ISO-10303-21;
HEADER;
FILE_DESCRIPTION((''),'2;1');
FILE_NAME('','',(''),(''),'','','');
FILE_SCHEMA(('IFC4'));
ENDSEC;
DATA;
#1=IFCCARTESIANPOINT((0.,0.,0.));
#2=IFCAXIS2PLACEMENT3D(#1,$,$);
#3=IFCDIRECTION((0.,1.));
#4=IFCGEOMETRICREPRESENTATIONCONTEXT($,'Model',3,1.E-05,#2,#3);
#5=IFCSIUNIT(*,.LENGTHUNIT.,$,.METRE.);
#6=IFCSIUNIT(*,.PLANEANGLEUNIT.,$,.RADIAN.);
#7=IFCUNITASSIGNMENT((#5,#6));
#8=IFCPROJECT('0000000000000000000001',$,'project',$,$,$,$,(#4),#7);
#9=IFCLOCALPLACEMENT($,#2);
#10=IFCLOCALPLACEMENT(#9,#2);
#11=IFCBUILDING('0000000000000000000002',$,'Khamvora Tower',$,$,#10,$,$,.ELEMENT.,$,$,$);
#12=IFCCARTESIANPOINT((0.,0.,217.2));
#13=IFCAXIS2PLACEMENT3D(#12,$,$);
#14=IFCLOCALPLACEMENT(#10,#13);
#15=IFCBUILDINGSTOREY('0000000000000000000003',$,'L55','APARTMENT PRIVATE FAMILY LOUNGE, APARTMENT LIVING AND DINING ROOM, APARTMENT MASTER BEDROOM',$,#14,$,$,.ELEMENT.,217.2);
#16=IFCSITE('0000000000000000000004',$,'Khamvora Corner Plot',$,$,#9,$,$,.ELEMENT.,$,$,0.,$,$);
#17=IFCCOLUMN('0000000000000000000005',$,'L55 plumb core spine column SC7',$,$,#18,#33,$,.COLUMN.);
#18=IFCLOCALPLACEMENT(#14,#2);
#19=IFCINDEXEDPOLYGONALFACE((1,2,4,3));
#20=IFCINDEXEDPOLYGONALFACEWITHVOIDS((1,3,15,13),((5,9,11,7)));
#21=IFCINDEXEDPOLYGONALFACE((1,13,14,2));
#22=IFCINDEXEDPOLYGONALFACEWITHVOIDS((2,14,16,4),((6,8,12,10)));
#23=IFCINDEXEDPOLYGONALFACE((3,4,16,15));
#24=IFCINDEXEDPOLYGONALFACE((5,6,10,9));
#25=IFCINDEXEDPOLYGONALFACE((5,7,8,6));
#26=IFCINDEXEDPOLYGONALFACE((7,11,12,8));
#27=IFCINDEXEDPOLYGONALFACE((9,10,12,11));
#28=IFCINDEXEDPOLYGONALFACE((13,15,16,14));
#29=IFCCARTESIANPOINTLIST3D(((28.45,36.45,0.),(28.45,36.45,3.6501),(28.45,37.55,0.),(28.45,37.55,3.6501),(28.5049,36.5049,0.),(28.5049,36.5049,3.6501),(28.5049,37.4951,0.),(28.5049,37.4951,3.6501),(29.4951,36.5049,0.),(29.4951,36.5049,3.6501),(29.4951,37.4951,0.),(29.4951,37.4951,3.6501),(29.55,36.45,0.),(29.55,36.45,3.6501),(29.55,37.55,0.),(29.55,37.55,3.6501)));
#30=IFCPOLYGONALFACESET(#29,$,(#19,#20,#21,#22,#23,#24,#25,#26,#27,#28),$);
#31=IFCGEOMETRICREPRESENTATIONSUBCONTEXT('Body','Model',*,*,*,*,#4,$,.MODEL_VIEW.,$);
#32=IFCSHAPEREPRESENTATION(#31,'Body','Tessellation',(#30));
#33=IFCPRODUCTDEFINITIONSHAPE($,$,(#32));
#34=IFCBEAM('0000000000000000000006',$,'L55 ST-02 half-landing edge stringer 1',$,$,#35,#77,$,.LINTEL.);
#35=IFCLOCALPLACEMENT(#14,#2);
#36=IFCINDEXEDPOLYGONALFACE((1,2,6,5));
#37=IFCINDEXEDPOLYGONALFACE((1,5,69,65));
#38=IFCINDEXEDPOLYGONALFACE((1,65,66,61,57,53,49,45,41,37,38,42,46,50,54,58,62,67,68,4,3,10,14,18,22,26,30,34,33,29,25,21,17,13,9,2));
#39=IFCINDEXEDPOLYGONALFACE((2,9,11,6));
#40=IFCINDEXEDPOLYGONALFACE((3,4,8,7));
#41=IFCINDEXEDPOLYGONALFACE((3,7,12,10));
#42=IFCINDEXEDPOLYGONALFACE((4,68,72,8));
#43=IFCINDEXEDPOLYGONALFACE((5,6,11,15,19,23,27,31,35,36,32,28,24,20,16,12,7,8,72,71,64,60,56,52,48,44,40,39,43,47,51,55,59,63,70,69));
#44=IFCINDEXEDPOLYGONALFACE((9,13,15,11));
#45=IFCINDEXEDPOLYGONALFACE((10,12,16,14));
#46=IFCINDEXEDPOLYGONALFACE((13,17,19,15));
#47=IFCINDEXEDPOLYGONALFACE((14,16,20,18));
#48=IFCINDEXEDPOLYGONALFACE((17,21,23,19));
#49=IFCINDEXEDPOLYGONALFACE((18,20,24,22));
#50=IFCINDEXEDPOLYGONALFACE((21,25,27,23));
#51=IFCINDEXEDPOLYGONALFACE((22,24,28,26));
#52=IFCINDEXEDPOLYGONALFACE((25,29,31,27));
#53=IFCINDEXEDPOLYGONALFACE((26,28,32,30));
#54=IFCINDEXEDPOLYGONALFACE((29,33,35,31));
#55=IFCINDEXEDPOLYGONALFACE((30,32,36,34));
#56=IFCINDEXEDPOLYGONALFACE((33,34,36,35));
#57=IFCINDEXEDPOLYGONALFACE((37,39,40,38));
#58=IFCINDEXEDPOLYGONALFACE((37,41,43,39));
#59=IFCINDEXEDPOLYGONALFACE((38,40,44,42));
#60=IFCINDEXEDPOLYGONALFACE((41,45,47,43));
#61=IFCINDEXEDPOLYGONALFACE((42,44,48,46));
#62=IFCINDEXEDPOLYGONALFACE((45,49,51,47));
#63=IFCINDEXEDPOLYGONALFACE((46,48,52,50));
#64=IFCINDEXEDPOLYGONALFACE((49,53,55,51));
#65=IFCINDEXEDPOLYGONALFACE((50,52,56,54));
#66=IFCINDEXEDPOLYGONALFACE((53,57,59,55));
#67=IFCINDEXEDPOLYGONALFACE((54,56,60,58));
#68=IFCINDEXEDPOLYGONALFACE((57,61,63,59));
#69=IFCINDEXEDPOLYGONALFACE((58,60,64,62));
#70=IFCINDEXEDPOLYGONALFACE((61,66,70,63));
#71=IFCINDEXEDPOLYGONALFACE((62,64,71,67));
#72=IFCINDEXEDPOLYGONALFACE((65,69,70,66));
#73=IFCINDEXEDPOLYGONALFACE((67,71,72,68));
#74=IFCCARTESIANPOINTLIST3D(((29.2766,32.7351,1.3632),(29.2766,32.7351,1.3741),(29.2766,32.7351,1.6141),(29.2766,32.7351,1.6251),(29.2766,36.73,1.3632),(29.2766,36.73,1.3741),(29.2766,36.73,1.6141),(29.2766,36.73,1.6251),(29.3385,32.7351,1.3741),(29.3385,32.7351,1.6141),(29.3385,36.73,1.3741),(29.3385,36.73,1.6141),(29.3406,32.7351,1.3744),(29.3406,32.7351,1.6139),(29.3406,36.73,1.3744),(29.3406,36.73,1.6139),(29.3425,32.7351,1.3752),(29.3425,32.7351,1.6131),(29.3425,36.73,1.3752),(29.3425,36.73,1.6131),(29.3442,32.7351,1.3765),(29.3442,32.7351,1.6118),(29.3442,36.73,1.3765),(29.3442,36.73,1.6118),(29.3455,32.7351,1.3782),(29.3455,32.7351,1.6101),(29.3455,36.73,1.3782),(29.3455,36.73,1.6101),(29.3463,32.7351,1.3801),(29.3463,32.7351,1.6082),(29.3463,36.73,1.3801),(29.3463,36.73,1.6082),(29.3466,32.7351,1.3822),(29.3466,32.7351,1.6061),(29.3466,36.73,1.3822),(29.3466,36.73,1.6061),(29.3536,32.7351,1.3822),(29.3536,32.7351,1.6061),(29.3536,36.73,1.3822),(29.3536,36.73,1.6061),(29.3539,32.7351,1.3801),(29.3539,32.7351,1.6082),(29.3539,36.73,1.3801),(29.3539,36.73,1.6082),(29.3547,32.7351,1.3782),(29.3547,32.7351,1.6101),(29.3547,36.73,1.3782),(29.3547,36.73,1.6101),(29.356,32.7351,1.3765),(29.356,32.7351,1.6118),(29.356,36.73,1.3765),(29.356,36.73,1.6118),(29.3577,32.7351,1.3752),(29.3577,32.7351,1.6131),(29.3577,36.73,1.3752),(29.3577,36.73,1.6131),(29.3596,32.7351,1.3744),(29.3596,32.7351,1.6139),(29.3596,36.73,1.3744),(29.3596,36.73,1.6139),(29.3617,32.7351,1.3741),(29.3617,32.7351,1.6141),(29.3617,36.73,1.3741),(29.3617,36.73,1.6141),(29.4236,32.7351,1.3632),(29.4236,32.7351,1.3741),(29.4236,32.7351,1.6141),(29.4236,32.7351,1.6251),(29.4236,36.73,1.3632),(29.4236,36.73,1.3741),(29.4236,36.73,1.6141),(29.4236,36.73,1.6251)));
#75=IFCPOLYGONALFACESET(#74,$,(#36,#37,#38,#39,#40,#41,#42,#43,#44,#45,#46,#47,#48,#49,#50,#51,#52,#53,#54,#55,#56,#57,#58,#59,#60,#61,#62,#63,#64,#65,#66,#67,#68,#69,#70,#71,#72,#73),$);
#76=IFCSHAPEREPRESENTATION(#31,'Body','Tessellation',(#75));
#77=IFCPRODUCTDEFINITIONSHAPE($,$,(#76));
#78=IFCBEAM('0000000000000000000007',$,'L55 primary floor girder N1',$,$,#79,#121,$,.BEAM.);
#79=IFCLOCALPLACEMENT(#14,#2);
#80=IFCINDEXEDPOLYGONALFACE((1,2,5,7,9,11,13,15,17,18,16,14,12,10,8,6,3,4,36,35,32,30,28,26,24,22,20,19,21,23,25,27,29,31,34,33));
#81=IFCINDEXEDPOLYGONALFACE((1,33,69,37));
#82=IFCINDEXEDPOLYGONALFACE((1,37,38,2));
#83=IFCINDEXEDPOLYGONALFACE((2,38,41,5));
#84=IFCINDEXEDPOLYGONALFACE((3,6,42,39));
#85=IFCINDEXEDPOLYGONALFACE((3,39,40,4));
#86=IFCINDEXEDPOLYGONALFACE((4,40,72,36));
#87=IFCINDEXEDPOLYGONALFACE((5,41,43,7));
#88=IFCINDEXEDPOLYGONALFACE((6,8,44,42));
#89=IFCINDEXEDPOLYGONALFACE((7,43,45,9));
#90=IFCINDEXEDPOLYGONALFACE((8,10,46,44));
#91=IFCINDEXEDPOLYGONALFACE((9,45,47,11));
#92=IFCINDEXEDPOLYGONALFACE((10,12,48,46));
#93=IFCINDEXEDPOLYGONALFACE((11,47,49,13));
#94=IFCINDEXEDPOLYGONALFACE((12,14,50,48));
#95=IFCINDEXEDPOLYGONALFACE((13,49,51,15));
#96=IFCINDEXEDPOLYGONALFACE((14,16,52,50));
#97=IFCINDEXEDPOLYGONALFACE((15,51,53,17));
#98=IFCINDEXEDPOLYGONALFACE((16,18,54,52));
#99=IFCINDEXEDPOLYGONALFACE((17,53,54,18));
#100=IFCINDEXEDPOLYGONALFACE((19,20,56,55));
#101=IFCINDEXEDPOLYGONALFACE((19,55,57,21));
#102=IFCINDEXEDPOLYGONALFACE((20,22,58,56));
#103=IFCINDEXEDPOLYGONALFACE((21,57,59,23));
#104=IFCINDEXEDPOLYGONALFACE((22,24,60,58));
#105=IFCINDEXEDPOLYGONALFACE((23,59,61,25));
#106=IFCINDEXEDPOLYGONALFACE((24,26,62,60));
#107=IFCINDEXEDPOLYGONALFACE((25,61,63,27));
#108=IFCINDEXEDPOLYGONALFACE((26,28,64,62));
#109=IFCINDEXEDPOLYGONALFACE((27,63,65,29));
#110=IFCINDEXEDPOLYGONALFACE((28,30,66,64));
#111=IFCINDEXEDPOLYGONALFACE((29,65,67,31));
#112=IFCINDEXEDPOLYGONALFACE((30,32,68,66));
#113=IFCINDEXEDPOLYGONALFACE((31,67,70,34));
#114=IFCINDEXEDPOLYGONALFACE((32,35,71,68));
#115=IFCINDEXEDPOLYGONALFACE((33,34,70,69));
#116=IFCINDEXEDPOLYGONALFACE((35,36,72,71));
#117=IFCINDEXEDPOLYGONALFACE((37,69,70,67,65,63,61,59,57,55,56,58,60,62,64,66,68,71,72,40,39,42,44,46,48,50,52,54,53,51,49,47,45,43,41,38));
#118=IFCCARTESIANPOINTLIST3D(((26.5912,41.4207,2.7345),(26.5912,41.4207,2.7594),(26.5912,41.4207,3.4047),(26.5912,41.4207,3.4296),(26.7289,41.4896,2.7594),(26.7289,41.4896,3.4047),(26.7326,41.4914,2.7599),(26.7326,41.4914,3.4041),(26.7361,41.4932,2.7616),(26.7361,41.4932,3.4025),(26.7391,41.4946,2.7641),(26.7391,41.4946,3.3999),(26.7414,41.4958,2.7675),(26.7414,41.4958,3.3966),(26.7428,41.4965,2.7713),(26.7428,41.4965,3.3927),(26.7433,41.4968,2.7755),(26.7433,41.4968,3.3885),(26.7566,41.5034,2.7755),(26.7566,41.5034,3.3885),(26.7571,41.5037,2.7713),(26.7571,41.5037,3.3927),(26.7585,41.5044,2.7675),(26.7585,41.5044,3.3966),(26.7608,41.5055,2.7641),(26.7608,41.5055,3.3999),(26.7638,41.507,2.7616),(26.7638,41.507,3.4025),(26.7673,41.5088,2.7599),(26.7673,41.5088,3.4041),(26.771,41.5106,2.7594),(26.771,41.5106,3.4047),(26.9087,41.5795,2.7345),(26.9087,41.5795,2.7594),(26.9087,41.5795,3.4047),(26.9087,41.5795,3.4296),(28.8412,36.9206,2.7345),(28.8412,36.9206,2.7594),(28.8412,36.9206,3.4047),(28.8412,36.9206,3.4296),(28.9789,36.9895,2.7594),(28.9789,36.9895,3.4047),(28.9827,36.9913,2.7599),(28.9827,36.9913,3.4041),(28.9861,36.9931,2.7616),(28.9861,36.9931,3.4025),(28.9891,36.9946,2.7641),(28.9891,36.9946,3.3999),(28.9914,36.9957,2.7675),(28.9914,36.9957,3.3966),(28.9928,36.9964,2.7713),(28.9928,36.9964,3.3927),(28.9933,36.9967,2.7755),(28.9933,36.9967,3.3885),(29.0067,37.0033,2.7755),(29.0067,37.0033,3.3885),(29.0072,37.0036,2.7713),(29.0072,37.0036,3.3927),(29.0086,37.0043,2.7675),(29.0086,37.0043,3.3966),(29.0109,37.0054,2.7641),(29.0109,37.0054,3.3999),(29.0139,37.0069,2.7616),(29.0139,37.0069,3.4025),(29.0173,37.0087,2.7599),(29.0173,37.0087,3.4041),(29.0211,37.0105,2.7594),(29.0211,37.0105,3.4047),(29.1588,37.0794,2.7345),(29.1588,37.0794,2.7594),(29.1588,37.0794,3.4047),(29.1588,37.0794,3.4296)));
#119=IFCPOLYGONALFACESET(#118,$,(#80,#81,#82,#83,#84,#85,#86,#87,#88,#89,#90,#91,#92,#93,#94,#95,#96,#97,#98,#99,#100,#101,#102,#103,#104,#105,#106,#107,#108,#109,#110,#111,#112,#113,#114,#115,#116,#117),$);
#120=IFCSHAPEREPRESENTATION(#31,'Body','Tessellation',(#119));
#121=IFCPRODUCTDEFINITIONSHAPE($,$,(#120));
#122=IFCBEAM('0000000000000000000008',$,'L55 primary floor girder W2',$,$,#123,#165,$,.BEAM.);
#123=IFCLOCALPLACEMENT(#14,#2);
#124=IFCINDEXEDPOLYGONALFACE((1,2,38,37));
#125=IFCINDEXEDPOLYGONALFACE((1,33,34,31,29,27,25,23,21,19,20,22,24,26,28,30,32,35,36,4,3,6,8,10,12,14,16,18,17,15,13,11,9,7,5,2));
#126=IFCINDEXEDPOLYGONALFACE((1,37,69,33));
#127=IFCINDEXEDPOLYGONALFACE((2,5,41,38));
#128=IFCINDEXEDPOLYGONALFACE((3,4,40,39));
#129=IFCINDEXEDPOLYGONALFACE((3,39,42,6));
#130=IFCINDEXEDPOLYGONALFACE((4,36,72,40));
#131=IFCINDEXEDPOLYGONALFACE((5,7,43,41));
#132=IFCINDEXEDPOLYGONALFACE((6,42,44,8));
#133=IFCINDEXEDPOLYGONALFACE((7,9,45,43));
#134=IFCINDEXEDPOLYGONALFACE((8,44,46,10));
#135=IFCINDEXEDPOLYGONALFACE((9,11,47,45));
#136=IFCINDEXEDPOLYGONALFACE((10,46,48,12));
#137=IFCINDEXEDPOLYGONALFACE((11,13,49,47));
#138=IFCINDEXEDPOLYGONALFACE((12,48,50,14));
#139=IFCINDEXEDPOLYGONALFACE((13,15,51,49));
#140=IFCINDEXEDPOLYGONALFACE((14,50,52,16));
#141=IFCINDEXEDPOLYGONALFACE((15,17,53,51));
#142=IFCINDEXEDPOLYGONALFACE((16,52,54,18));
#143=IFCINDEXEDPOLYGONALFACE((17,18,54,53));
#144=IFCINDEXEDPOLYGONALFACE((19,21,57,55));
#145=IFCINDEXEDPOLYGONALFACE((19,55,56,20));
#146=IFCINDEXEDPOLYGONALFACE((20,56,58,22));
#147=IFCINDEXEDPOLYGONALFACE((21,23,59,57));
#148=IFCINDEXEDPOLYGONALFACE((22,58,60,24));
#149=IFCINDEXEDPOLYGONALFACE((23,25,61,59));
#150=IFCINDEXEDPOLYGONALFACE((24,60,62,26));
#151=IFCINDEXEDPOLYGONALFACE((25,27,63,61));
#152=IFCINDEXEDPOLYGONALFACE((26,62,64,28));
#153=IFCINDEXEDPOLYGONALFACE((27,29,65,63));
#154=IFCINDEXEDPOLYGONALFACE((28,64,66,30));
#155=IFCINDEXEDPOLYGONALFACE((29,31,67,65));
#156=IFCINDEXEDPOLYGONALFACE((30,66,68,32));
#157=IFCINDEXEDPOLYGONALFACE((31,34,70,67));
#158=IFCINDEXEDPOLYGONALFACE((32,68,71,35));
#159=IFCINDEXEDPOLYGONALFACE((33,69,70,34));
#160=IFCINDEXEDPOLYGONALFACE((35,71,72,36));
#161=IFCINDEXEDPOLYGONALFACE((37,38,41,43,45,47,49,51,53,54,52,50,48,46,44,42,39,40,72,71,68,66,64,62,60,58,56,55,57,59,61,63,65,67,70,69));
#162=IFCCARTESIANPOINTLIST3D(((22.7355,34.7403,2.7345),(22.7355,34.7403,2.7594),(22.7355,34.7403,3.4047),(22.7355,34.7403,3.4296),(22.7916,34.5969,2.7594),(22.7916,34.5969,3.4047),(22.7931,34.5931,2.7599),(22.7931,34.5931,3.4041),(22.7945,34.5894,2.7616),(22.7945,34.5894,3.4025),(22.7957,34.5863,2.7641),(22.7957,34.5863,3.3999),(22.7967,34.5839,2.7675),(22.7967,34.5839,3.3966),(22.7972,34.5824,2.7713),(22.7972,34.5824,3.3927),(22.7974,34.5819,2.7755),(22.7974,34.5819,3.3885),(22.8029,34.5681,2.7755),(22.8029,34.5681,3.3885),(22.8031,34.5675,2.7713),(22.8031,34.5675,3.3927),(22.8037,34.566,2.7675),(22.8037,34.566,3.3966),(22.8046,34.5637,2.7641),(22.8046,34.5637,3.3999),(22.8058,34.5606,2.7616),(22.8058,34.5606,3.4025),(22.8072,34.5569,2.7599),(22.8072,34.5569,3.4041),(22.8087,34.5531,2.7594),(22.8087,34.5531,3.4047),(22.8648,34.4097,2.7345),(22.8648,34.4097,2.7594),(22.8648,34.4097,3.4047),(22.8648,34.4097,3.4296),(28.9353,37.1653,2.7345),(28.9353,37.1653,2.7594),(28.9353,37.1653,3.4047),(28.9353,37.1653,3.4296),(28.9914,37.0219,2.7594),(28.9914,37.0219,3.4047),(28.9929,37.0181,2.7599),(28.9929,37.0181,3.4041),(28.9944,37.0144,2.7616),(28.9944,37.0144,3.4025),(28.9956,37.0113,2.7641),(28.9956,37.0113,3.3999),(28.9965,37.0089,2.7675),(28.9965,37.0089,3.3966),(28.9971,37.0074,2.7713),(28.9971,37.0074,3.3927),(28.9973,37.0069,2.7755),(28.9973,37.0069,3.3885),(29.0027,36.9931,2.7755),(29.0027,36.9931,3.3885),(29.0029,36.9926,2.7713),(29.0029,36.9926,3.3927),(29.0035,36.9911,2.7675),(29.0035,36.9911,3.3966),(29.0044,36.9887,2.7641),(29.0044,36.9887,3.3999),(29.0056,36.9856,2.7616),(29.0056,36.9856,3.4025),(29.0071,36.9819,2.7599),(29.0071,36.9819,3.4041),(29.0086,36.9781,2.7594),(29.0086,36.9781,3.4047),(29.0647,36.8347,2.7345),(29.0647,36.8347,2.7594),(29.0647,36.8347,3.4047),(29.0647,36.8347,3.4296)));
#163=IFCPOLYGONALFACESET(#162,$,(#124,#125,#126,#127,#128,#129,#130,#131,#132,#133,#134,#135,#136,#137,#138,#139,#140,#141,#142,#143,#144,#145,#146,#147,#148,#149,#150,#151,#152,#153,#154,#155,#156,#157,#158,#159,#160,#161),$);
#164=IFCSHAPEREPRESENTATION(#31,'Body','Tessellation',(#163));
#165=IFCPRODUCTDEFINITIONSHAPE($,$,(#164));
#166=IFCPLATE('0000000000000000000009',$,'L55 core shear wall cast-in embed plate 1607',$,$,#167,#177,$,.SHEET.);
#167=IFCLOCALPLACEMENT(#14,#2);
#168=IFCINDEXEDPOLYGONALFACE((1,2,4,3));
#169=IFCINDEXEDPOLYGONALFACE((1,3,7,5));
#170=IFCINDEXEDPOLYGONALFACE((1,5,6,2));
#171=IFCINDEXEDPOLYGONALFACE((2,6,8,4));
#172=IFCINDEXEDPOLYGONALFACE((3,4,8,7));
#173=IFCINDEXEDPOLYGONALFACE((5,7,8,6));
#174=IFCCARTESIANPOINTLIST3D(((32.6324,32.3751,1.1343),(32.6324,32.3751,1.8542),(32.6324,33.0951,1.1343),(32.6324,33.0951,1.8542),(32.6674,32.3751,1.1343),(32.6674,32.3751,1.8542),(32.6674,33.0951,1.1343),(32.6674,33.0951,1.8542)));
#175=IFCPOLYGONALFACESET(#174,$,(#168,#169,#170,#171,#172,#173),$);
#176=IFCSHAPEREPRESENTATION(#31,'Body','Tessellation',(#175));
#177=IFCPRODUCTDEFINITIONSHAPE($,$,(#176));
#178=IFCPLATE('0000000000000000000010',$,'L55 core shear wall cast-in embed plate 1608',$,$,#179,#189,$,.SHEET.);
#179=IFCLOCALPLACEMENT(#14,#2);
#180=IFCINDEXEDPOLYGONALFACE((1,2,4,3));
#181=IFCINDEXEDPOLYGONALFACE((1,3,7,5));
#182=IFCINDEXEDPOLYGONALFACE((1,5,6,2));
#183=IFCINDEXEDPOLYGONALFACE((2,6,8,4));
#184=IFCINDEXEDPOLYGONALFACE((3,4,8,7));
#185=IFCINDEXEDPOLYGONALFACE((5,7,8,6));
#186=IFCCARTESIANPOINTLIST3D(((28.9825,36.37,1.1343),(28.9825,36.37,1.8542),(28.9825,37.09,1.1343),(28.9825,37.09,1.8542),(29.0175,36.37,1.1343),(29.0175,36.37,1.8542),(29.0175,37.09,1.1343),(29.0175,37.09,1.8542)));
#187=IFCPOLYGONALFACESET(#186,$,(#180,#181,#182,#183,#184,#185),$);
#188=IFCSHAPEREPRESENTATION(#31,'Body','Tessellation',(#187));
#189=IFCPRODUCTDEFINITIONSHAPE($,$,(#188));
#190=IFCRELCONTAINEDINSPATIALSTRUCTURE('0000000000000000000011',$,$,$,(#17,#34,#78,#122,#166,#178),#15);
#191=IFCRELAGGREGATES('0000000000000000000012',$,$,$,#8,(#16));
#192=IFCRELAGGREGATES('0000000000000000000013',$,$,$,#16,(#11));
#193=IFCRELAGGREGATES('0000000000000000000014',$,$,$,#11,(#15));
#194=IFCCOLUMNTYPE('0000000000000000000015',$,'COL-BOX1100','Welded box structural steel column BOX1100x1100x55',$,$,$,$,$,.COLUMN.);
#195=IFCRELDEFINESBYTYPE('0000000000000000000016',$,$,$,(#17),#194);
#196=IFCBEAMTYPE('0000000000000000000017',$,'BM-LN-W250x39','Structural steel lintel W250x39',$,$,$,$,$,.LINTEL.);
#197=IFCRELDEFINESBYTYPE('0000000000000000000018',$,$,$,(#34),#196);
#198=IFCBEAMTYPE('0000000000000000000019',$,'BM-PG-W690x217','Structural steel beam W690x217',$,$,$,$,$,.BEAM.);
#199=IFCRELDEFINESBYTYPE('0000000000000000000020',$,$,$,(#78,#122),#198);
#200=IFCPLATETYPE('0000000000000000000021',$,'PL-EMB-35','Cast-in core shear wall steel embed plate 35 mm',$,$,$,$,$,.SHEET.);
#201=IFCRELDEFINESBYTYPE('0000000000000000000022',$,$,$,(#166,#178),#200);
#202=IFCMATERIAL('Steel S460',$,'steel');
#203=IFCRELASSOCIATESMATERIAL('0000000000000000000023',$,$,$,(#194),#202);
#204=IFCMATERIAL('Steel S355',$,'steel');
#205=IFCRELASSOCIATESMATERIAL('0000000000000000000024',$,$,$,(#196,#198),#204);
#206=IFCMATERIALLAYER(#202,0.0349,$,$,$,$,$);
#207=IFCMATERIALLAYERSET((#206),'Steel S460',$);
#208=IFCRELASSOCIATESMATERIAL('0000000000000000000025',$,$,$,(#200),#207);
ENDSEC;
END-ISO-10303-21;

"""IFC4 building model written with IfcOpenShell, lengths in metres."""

from ifc_helpers import new_model, si_unit, direction, frame, origin, origin_2d, place, context, subcontext, project, spatial, rectangle, hollow_rectangle, i_section, extrude, material, layer, layer_set, material_profile, profile_set, type_object, element, save


model = new_model("IFC4")

# Units and contexts
model_context = context("Model", 3, precision=1e-05, world=origin(), true_north=direction((0.0, 1.0)))
body_context = subcontext(model_context, "Body", "Model", "MODEL_VIEW")
ifc_project = project(units=[si_unit("LENGTHUNIT", "METRE"), si_unit("PLANEANGLEUNIT", "RADIAN")], contexts=[model_context])

# Site, building, storey
site_placement = place(None, origin())
site = spatial("IfcSite", under=ifc_project, at=site_placement, Name="Khamvora Corner Plot", CompositionType="ELEMENT", RefElevation=0.0)
building_placement = place(site_placement, origin())
building = spatial("IfcBuilding", under=site, at=building_placement, Name="Khamvora Tower", CompositionType="ELEMENT")
storey_placement = place(building_placement, frame((0.0, 0.0, 217.2)))
storey = spatial("IfcBuildingStorey", under=building, at=storey_placement, Name="L55", Description="APARTMENT PRIVATE FAMILY LOUNGE, APARTMENT LIVING AND DINING ROOM, APARTMENT MASTER BEDROOM", CompositionType="ELEMENT", Elevation=217.2)

# Column
ifc_material_1 = material(Name="Steel S460", Category="steel")
ifc_material_profile_1 = material_profile(ifc_material_1, hollow_rectangle(XDim=1.1001, YDim=1.1001, WallThickness=0.0549, at=origin_2d()), Name="BOX1100x1100x55")
ifc_profile_set_1 = profile_set([ifc_material_profile_1], Name="Steel S460")
column_type = type_object("IfcColumnType", Name="COL-BOX1100", Description="Welded box structural steel column BOX1100x1100x55", PredefinedType="COLUMN", material=ifc_profile_set_1)
column_placement = place(storey_placement, frame((29.0, 37.0, 0.0), z_axis=(0.0, 0.0, 1.0), x_axis=(1.0, 0.0, 0.0)))
element("IfcColumn", 1, at=column_placement, inside=storey, type_object=column_type, Name="L55 plumb core spine column SC7", PredefinedType="COLUMN", context=body_context, shape_type="SweptSolid", body=[
    extrude(hollow_rectangle(XDim=1.1001, YDim=1.1001, WallThickness=0.0549, at=origin_2d()), origin(), (0.0, 0.0, 1.0), 3.6501),
])

# Beams
ifc_material_2 = material(Name="Steel S355", Category="steel")
ifc_material_profile_2 = material_profile(ifc_material_2, i_section(OverallWidth=0.147, OverallDepth=0.262, WebThickness=0.0071, FlangeThickness=0.011, FilletRadius=0.0081, at=origin_2d()), Name="W250x39")
ifc_profile_set_2 = profile_set([ifc_material_profile_2], Name="Steel S355")
beam_type_1 = type_object("IfcBeamType", Name="BM-LN-W250x39", Description="Structural steel lintel W250x39", PredefinedType="LINTEL", material=ifc_profile_set_2)
beam_1_placement = place(storey_placement, frame((29.3501, 32.7351, 1.4941), z_axis=(0.0, 1.0, 0.0), x_axis=(-1.0, 0.0, 0.0)))
element("IfcBeam", 2, at=beam_1_placement, inside=storey, type_object=beam_type_1, Name="L55 ST-02 half-landing edge stringer 1", PredefinedType="LINTEL", context=body_context, shape_type="SweptSolid", body=[
    extrude(i_section(OverallWidth=0.147, OverallDepth=0.262, WebThickness=0.0071, FlangeThickness=0.011, FilletRadius=0.0081, at=origin_2d()), origin(), (0.0, 0.0, 1.0), 3.9949),
])
ifc_material_profile_3 = material_profile(ifc_material_2, i_section(OverallWidth=0.355, OverallDepth=0.6951, WebThickness=0.0149, FlangeThickness=0.0249, FilletRadius=0.0161, at=origin_2d()), Name="W690x217")
ifc_profile_set_3 = profile_set([ifc_material_profile_3], Name="Steel S355")
beam_type_2 = type_object("IfcBeamType", Name="BM-PG-W690x217", Description="Structural steel beam W690x217", PredefinedType="BEAM", material=ifc_profile_set_3)
beam_2_placement = place(storey_placement, frame((29.0, 37.0, 3.082), z_axis=(-0.447214, 0.894427, 0.0), x_axis=(-0.894427, -0.447214, 0.0)))
element("IfcBeam", 3, at=beam_2_placement, inside=storey, type_object=beam_type_2, Name="L55 primary floor girder N1", PredefinedType="BEAM", context=body_context, shape_type="SweptSolid", body=[
    extrude(i_section(OverallWidth=0.355, OverallDepth=0.6951, WebThickness=0.0149, FlangeThickness=0.0249, FilletRadius=0.0161, at=origin_2d()), origin(), (0.0, 0.0, 1.0), 5.0312),
])
beam_3_placement = place(storey_placement, frame((29.0, 37.0, 3.082), z_axis=(-0.931295, -0.364267, 0.0), x_axis=(0.364267, -0.931295, 0.0)))
element("IfcBeam", 4, at=beam_3_placement, inside=storey, type_object=beam_type_2, Name="L55 primary floor girder W2", PredefinedType="BEAM", context=body_context, shape_type="SweptSolid", body=[
    extrude(i_section(OverallWidth=0.355, OverallDepth=0.6951, WebThickness=0.0149, FlangeThickness=0.0249, FilletRadius=0.0161, at=origin_2d()), origin(), (0.0, 0.0, 1.0), 6.6572),
])

# Plates
ifc_layer_1 = layer(ifc_material_1, 0.0349)
ifc_layer_set_1 = layer_set([ifc_layer_1], Name="Steel S460")
plate_type = type_object("IfcPlateType", Name="PL-EMB-35", Description="Cast-in core shear wall steel embed plate 35 mm", PredefinedType="SHEET", material=ifc_layer_set_1)
for number, where, z_axis, x_axis, name in (
    (5, (32.6499, 32.7351, 1.1343), (0.0, 0.0, 1.0), (1.0, 0.0, 0.0), "L55 core shear wall cast-in embed plate 1607"),
    (6, (29.0, 36.73, 1.1343), (0.0, 0.0, 1.0), (1.0, 0.0, 0.0), "L55 core shear wall cast-in embed plate 1608"),
):
    element("IfcPlate", number, at=place(storey_placement, frame(where, z_axis=z_axis, x_axis=x_axis)), inside=storey, type_object=plate_type, Name=name, PredefinedType="SHEET", context=body_context, shape_type="SweptSolid", body=[
        extrude(rectangle(XDim=0.0349, YDim=0.72, at=origin_2d()), origin(), (0.0, 0.0, 1.0), 0.72),
    ])

save(model, "model.ifc")
